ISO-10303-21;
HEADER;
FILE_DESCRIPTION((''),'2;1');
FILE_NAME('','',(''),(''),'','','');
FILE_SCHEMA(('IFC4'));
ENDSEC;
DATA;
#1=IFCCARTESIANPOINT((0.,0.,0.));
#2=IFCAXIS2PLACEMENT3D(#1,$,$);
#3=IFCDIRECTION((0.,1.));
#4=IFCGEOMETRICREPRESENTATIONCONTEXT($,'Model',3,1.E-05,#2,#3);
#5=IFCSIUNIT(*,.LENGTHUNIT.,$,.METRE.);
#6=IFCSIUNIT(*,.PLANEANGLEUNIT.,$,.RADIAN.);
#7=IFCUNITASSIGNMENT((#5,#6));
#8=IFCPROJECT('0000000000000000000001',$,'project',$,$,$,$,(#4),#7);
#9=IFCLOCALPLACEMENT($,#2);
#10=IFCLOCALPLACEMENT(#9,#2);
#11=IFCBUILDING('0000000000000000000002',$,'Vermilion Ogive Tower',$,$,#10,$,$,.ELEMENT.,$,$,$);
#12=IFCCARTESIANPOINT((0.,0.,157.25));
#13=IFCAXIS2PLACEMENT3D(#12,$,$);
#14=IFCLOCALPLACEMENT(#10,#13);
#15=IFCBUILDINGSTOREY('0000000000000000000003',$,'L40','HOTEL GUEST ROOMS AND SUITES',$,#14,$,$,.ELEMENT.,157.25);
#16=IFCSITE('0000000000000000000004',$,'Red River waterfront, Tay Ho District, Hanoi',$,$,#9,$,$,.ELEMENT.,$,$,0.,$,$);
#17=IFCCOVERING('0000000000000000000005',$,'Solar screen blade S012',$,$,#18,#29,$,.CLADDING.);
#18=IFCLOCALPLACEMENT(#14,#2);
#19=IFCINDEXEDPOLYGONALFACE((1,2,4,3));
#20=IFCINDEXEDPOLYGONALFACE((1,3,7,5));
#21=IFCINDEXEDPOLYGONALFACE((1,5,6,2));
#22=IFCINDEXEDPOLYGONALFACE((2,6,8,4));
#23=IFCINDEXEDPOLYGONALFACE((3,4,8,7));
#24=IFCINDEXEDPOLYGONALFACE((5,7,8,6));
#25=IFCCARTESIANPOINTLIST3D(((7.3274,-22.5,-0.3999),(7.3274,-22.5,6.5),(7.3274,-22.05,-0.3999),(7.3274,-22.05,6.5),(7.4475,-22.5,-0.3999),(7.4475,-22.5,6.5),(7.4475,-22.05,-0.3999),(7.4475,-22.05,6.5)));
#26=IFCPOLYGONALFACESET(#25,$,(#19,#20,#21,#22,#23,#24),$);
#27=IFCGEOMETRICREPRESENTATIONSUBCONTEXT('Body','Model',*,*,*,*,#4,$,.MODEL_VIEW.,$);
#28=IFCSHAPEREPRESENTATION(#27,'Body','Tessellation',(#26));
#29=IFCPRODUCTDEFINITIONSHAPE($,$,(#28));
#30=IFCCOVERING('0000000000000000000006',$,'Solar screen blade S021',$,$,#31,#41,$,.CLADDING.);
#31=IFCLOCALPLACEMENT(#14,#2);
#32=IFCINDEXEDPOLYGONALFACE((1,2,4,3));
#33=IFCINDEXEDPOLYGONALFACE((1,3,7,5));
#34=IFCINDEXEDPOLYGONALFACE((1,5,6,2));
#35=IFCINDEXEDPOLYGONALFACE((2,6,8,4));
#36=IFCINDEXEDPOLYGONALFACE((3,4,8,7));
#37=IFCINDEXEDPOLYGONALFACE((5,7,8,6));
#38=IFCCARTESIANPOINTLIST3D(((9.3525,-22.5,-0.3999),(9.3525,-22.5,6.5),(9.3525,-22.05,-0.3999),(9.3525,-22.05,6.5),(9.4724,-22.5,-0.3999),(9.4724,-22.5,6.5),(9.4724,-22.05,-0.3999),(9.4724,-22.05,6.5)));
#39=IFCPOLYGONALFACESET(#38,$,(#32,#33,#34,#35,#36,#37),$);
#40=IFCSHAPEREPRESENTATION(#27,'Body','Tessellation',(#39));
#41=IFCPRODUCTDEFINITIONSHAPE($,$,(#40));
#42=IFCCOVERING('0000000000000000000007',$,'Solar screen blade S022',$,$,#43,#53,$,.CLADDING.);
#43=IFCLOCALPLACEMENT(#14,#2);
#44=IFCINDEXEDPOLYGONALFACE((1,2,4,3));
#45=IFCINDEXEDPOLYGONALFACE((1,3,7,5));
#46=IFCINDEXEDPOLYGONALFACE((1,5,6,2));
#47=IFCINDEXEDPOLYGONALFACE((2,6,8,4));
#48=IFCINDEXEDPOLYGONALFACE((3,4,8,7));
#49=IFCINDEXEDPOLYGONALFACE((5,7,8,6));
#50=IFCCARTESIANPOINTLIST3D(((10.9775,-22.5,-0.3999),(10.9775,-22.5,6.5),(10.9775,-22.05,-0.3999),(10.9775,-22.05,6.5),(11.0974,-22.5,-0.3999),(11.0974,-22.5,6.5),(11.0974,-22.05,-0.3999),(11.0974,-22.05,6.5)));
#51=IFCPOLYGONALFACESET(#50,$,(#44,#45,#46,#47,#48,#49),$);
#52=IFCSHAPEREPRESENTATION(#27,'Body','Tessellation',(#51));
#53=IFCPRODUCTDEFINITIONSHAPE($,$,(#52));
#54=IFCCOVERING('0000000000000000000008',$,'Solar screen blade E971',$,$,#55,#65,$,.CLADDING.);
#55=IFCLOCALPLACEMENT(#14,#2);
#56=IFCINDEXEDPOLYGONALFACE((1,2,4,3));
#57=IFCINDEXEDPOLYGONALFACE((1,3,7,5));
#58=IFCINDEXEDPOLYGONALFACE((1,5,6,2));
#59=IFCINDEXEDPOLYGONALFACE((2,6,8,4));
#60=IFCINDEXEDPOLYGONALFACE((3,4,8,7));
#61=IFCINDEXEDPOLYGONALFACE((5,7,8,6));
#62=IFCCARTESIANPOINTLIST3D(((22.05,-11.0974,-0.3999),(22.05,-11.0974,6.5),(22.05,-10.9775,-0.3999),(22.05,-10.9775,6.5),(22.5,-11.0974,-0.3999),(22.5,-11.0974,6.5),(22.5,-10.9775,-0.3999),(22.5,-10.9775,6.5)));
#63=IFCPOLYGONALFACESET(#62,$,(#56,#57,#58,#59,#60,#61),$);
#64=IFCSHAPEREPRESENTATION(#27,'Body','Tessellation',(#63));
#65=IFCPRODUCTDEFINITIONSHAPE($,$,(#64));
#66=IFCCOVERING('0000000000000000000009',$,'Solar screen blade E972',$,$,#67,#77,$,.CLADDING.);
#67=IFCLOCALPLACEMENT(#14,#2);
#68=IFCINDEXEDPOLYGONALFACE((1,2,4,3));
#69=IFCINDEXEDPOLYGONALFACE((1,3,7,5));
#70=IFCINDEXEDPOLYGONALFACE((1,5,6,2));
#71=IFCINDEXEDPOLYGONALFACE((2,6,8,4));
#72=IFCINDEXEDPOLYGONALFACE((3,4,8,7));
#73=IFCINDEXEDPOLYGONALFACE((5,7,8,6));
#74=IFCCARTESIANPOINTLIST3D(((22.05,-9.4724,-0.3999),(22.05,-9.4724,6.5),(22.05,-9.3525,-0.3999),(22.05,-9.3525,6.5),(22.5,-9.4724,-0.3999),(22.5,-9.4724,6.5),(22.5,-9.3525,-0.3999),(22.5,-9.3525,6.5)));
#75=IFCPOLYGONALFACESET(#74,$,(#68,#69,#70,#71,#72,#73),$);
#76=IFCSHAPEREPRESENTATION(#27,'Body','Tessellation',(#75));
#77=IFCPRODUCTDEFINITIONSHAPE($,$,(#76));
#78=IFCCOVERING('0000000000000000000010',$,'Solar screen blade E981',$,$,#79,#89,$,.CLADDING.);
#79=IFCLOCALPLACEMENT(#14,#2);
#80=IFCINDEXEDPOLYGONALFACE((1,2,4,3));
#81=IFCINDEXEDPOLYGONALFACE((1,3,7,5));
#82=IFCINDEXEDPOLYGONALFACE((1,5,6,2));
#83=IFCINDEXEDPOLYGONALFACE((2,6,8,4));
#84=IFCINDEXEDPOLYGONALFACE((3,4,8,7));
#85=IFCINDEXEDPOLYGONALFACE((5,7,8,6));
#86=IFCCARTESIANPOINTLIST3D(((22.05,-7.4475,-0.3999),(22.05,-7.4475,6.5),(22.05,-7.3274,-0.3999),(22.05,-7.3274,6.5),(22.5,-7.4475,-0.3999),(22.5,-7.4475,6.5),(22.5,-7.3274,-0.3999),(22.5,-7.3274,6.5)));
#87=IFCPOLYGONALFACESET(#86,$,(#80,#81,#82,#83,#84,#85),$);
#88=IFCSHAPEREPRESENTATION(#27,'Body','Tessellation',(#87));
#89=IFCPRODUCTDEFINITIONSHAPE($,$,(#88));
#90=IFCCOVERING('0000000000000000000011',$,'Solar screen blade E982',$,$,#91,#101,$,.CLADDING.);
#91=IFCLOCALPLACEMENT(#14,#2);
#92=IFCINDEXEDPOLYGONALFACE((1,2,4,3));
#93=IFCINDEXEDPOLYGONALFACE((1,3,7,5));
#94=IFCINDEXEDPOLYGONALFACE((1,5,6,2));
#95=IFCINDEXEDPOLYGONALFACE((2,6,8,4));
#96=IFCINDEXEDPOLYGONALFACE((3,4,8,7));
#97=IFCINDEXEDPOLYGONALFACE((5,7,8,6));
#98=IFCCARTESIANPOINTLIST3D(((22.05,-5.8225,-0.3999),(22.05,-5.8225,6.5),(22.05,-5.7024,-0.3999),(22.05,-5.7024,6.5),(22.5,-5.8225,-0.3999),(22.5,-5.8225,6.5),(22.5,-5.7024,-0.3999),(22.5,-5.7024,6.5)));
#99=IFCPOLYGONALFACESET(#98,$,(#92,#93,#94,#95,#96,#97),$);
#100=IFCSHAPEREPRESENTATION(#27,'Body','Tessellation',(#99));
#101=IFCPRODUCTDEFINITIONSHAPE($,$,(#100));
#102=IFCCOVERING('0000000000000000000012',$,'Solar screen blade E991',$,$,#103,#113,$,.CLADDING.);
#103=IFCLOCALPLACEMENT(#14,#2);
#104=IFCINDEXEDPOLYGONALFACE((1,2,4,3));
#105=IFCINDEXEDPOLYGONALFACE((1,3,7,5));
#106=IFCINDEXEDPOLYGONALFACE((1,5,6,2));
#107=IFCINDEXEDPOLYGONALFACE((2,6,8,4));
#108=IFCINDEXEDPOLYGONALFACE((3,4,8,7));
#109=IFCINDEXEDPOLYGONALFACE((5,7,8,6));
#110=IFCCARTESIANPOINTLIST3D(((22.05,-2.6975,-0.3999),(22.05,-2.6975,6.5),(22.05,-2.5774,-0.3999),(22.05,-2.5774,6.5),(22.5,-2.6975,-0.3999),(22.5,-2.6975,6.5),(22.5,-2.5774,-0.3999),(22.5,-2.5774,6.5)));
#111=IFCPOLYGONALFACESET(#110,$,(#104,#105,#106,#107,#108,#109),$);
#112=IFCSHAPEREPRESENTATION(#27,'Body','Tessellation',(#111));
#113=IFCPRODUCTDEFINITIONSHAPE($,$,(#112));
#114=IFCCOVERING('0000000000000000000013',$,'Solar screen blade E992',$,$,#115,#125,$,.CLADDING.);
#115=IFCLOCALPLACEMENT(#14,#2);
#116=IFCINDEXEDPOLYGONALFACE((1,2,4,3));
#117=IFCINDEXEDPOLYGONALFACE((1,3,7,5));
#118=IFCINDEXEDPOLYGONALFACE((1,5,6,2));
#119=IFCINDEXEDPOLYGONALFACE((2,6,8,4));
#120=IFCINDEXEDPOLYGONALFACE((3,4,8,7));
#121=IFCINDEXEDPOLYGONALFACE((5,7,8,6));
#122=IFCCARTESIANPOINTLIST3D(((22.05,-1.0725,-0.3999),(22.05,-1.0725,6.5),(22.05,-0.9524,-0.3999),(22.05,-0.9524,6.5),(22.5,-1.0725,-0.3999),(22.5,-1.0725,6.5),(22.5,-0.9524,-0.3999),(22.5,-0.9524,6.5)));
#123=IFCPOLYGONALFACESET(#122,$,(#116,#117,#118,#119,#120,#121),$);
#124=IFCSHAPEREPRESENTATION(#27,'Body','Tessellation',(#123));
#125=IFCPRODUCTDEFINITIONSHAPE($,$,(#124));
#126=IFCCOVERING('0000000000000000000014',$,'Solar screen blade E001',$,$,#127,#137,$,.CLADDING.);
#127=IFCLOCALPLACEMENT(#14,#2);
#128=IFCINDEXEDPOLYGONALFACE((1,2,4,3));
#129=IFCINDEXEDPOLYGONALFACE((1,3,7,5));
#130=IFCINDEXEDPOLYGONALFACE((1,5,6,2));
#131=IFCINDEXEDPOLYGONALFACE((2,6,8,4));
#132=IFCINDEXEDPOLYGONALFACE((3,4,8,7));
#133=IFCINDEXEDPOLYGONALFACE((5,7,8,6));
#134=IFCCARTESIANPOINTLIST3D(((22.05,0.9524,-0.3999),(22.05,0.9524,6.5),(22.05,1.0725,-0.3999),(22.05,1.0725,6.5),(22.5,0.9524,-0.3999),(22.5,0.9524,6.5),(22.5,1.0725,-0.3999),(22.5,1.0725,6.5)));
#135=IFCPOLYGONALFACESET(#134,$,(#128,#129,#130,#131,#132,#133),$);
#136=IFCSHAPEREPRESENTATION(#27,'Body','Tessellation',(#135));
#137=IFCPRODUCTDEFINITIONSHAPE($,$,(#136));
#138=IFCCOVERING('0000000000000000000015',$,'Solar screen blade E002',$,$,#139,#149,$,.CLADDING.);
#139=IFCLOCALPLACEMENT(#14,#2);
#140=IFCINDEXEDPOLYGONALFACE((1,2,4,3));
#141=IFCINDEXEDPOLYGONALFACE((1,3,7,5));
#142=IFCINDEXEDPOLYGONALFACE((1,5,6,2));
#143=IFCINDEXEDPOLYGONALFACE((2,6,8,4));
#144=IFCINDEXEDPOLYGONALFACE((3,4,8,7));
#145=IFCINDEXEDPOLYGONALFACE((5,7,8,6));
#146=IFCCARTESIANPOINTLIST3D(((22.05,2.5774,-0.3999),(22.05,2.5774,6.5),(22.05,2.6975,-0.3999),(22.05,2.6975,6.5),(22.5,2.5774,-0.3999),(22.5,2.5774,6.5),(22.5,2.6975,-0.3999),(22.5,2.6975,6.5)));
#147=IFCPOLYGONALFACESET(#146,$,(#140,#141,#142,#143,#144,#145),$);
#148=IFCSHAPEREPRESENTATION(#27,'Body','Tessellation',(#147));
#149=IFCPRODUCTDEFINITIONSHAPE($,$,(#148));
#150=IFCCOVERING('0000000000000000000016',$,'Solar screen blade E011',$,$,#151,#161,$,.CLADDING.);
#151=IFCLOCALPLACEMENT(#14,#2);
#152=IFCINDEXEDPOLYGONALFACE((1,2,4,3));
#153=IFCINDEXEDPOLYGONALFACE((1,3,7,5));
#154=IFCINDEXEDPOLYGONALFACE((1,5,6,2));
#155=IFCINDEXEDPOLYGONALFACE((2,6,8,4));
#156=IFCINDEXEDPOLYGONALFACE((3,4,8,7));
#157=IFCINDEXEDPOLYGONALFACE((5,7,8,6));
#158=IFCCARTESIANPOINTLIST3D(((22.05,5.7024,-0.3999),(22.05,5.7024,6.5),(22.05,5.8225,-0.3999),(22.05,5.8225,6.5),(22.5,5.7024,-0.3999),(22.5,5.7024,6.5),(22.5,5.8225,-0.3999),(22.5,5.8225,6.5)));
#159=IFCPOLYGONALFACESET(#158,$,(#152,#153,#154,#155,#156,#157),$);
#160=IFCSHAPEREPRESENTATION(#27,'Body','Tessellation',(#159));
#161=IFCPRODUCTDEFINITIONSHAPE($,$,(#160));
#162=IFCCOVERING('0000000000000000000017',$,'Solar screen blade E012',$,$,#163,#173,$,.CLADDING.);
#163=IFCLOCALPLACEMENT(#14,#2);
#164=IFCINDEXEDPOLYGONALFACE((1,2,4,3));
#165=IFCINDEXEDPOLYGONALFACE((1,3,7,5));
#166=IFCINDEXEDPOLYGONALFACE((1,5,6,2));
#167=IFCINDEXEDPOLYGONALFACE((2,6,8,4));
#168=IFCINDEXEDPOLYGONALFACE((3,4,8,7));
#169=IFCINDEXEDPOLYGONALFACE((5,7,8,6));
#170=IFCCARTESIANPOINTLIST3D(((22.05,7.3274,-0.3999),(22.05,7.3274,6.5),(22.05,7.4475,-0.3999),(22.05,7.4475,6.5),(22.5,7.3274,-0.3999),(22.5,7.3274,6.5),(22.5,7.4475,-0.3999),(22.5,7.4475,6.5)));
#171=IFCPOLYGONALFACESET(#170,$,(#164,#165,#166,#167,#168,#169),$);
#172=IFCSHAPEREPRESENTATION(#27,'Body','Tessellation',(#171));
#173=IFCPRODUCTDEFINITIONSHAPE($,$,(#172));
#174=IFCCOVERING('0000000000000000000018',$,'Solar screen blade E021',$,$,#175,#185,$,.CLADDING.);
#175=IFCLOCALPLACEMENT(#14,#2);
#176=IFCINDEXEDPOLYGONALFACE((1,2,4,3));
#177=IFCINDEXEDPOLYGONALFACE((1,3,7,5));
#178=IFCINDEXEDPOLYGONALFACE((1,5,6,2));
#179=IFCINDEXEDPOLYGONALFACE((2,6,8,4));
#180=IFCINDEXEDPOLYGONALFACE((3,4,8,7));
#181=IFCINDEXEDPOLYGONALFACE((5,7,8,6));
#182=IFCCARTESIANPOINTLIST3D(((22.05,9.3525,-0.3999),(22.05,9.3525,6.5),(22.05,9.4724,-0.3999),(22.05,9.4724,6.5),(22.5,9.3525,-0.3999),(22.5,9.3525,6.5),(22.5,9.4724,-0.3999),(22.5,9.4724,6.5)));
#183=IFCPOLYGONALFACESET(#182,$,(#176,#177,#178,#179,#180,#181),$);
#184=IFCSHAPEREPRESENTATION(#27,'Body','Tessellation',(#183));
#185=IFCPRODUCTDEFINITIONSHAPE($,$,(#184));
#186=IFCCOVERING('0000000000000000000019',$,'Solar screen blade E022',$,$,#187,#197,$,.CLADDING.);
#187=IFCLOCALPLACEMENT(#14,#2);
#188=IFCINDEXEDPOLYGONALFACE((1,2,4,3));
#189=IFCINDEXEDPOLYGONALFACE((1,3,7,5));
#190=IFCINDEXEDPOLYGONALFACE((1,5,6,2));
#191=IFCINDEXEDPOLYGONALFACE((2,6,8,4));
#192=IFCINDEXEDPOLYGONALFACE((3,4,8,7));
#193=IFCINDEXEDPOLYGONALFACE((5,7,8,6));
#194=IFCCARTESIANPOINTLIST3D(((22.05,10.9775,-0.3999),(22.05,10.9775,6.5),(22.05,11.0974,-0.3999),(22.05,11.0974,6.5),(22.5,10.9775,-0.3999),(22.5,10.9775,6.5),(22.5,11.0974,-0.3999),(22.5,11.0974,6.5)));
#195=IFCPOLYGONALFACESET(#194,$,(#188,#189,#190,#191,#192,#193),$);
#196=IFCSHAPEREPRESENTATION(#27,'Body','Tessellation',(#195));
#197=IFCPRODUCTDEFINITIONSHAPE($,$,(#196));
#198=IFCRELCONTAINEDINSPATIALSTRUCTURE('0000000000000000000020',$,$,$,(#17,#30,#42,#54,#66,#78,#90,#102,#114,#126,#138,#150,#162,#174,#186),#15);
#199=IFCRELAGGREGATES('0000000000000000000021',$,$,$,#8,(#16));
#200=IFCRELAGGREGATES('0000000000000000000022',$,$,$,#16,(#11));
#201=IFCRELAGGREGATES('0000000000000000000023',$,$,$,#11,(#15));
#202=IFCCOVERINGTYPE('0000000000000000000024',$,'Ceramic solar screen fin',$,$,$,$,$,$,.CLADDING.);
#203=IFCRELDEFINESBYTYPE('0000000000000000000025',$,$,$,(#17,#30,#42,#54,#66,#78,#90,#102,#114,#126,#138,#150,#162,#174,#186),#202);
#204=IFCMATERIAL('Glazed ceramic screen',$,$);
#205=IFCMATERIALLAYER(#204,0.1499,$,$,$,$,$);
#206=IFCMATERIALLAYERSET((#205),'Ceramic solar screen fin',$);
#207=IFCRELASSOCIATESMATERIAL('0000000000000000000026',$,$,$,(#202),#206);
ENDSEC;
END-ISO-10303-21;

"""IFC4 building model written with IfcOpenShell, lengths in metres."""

from ifc_helpers import new_model, si_unit, direction, frame, origin, place, context, subcontext, project, spatial, polyline, outline, extrude, material, layer, layer_set, type_object, element, save


model = new_model("IFC4")

# Units and contexts
model_context = context("Model", 3, precision=1e-05, world=origin(), true_north=direction((0.0, 1.0)))
body_context = subcontext(model_context, "Body", "Model", "MODEL_VIEW")
ifc_project = project(units=[si_unit("LENGTHUNIT", "METRE"), si_unit("PLANEANGLEUNIT", "RADIAN")], contexts=[model_context])

# Site, building, storey
site_placement = place(None, origin())
site = spatial("IfcSite", under=ifc_project, at=site_placement, Name="Red River waterfront, Tay Ho District, Hanoi", CompositionType="ELEMENT", RefElevation=0.0)
building_placement = place(site_placement, origin())
building = spatial("IfcBuilding", under=site, at=building_placement, Name="Vermilion Ogive Tower", CompositionType="ELEMENT")
storey_placement = place(building_placement, frame((0.0, 0.0, 157.25)))
storey = spatial("IfcBuildingStorey", under=building, at=storey_placement, Name="L40", Description="HOTEL GUEST ROOMS AND SUITES", CompositionType="ELEMENT", Elevation=157.25)

# Coverings
ifc_material_1 = material(Name="Glazed ceramic screen")
ifc_layer_1 = layer(ifc_material_1, 0.1499)
ifc_layer_set_1 = layer_set([ifc_layer_1], Name="Ceramic solar screen fin")
covering_type_1 = type_object("IfcCoveringType", Name="Ceramic solar screen fin", PredefinedType="CLADDING", material=ifc_layer_set_1)
covering_1_placement = place(storey_placement, frame((0.0, 0.0, -0.3999)))
element("IfcCovering", 1, at=covering_1_placement, inside=storey, type_object=covering_type_1, Name="Solar screen blade S012", PredefinedType="CLADDING", context=body_context, shape_type="SweptSolid", body=[
    extrude(outline(polyline([(7.3274, -22.5), (7.4475, -22.5), (7.4475, -22.05), (7.3274, -22.05), (7.3274, -22.5)])), origin(), (0.0, 0.0, 1.0), 6.8999),
])
covering_2_placement = place(storey_placement, frame((0.0, 0.0, -0.3999)))
element("IfcCovering", 2, at=covering_2_placement, inside=storey, type_object=covering_type_1, Name="Solar screen blade S021", PredefinedType="CLADDING", context=body_context, shape_type="SweptSolid", body=[
    extrude(outline(polyline([(9.3525, -22.5), (9.4724, -22.5), (9.4724, -22.05), (9.3525, -22.05), (9.3525, -22.5)])), origin(), (0.0, 0.0, 1.0), 6.8999),
])
covering_3_placement = place(storey_placement, frame((0.0, 0.0, -0.3999)))
element("IfcCovering", 3, at=covering_3_placement, inside=storey, type_object=covering_type_1, Name="Solar screen blade S022", PredefinedType="CLADDING", context=body_context, shape_type="SweptSolid", body=[
    extrude(outline(polyline([(10.9775, -22.5), (11.0974, -22.5), (11.0974, -22.05), (10.9775, -22.05), (10.9775, -22.5)])), origin(), (0.0, 0.0, 1.0), 6.8999),
])
covering_4_placement = place(storey_placement, frame((0.0, 0.0, -0.3999)))
element("IfcCovering", 4, at=covering_4_placement, inside=storey, type_object=covering_type_1, Name="Solar screen blade E971", PredefinedType="CLADDING", context=body_context, shape_type="SweptSolid", body=[
    extrude(outline(polyline([(22.5, -11.0974), (22.5, -10.9775), (22.05, -10.9775), (22.05, -11.0974), (22.5, -11.0974)])), origin(), (0.0, 0.0, 1.0), 6.8999),
])
covering_5_placement = place(storey_placement, frame((0.0, 0.0, -0.3999)))
element("IfcCovering", 5, at=covering_5_placement, inside=storey, type_object=covering_type_1, Name="Solar screen blade E972", PredefinedType="CLADDING", context=body_context, shape_type="SweptSolid", body=[
    extrude(outline(polyline([(22.5, -9.4724), (22.5, -9.3525), (22.05, -9.3525), (22.05, -9.4724), (22.5, -9.4724)])), origin(), (0.0, 0.0, 1.0), 6.8999),
])
covering_6_placement = place(storey_placement, frame((0.0, 0.0, -0.3999)))
element("IfcCovering", 6, at=covering_6_placement, inside=storey, type_object=covering_type_1, Name="Solar screen blade E981", PredefinedType="CLADDING", context=body_context, shape_type="SweptSolid", body=[
    extrude(outline(polyline([(22.5, -7.4475), (22.5, -7.3274), (22.05, -7.3274), (22.05, -7.4475), (22.5, -7.4475)])), origin(), (0.0, 0.0, 1.0), 6.8999),
])
covering_7_placement = place(storey_placement, frame((0.0, 0.0, -0.3999)))
element("IfcCovering", 7, at=covering_7_placement, inside=storey, type_object=covering_type_1, Name="Solar screen blade E982", PredefinedType="CLADDING", context=body_context, shape_type="SweptSolid", body=[
    extrude(outline(polyline([(22.5, -5.8225), (22.5, -5.7024), (22.05, -5.7024), (22.05, -5.8225), (22.5, -5.8225)])), origin(), (0.0, 0.0, 1.0), 6.8999),
])
covering_8_placement = place(storey_placement, frame((0.0, 0.0, -0.3999)))
element("IfcCovering", 8, at=covering_8_placement, inside=storey, type_object=covering_type_1, Name="Solar screen blade E991", PredefinedType="CLADDING", context=body_context, shape_type="SweptSolid", body=[
    extrude(outline(polyline([(22.5, -2.6975), (22.5, -2.5774), (22.05, -2.5774), (22.05, -2.6975), (22.5, -2.6975)])), origin(), (0.0, 0.0, 1.0), 6.8999),
])
covering_9_placement = place(storey_placement, frame((0.0, 0.0, -0.3999)))
element("IfcCovering", 9, at=covering_9_placement, inside=storey, type_object=covering_type_1, Name="Solar screen blade E992", PredefinedType="CLADDING", context=body_context, shape_type="SweptSolid", body=[
    extrude(outline(polyline([(22.5, -1.0725), (22.5, -0.9524), (22.05, -0.9524), (22.05, -1.0725), (22.5, -1.0725)])), origin(), (0.0, 0.0, 1.0), 6.8999),
])
covering_10_placement = place(storey_placement, frame((0.0, 0.0, -0.3999)))
element("IfcCovering", 10, at=covering_10_placement, inside=storey, type_object=covering_type_1, Name="Solar screen blade E001", PredefinedType="CLADDING", context=body_context, shape_type="SweptSolid", body=[
    extrude(outline(polyline([(22.5, 0.9524), (22.5, 1.0725), (22.05, 1.0725), (22.05, 0.9524), (22.5, 0.9524)])), origin(), (0.0, 0.0, 1.0), 6.8999),
])
covering_11_placement = place(storey_placement, frame((0.0, 0.0, -0.3999)))
element("IfcCovering", 11, at=covering_11_placement, inside=storey, type_object=covering_type_1, Name="Solar screen blade E002", PredefinedType="CLADDING", context=body_context, shape_type="SweptSolid", body=[
    extrude(outline(polyline([(22.5, 2.5774), (22.5, 2.6975), (22.05, 2.6975), (22.05, 2.5774), (22.5, 2.5774)])), origin(), (0.0, 0.0, 1.0), 6.8999),
])
covering_12_placement = place(storey_placement, frame((0.0, 0.0, -0.3999)))
element("IfcCovering", 12, at=covering_12_placement, inside=storey, type_object=covering_type_1, Name="Solar screen blade E011", PredefinedType="CLADDING", context=body_context, shape_type="SweptSolid", body=[
    extrude(outline(polyline([(22.5, 5.7024), (22.5, 5.8225), (22.05, 5.8225), (22.05, 5.7024), (22.5, 5.7024)])), origin(), (0.0, 0.0, 1.0), 6.8999),
])
covering_13_placement = place(storey_placement, frame((0.0, 0.0, -0.3999)))
element("IfcCovering", 13, at=covering_13_placement, inside=storey, type_object=covering_type_1, Name="Solar screen blade E012", PredefinedType="CLADDING", context=body_context, shape_type="SweptSolid", body=[
    extrude(outline(polyline([(22.5, 7.3274), (22.5, 7.4475), (22.05, 7.4475), (22.05, 7.3274), (22.5, 7.3274)])), origin(), (0.0, 0.0, 1.0), 6.8999),
])
covering_14_placement = place(storey_placement, frame((0.0, 0.0, -0.3999)))
element("IfcCovering", 14, at=covering_14_placement, inside=storey, type_object=covering_type_1, Name="Solar screen blade E021", PredefinedType="CLADDING", context=body_context, shape_type="SweptSolid", body=[
    extrude(outline(polyline([(22.5, 9.3525), (22.5, 9.4724), (22.05, 9.4724), (22.05, 9.3525), (22.5, 9.3525)])), origin(), (0.0, 0.0, 1.0), 6.8999),
])
covering_15_placement = place(storey_placement, frame((0.0, 0.0, -0.3999)))
element("IfcCovering", 15, at=covering_15_placement, inside=storey, type_object=covering_type_1, Name="Solar screen blade E022", PredefinedType="CLADDING", context=body_context, shape_type="SweptSolid", body=[
    extrude(outline(polyline([(22.5, 10.9775), (22.5, 11.0974), (22.05, 11.0974), (22.05, 10.9775), (22.5, 10.9775)])), origin(), (0.0, 0.0, 1.0), 6.8999),
])

save(model, "model.ifc")
